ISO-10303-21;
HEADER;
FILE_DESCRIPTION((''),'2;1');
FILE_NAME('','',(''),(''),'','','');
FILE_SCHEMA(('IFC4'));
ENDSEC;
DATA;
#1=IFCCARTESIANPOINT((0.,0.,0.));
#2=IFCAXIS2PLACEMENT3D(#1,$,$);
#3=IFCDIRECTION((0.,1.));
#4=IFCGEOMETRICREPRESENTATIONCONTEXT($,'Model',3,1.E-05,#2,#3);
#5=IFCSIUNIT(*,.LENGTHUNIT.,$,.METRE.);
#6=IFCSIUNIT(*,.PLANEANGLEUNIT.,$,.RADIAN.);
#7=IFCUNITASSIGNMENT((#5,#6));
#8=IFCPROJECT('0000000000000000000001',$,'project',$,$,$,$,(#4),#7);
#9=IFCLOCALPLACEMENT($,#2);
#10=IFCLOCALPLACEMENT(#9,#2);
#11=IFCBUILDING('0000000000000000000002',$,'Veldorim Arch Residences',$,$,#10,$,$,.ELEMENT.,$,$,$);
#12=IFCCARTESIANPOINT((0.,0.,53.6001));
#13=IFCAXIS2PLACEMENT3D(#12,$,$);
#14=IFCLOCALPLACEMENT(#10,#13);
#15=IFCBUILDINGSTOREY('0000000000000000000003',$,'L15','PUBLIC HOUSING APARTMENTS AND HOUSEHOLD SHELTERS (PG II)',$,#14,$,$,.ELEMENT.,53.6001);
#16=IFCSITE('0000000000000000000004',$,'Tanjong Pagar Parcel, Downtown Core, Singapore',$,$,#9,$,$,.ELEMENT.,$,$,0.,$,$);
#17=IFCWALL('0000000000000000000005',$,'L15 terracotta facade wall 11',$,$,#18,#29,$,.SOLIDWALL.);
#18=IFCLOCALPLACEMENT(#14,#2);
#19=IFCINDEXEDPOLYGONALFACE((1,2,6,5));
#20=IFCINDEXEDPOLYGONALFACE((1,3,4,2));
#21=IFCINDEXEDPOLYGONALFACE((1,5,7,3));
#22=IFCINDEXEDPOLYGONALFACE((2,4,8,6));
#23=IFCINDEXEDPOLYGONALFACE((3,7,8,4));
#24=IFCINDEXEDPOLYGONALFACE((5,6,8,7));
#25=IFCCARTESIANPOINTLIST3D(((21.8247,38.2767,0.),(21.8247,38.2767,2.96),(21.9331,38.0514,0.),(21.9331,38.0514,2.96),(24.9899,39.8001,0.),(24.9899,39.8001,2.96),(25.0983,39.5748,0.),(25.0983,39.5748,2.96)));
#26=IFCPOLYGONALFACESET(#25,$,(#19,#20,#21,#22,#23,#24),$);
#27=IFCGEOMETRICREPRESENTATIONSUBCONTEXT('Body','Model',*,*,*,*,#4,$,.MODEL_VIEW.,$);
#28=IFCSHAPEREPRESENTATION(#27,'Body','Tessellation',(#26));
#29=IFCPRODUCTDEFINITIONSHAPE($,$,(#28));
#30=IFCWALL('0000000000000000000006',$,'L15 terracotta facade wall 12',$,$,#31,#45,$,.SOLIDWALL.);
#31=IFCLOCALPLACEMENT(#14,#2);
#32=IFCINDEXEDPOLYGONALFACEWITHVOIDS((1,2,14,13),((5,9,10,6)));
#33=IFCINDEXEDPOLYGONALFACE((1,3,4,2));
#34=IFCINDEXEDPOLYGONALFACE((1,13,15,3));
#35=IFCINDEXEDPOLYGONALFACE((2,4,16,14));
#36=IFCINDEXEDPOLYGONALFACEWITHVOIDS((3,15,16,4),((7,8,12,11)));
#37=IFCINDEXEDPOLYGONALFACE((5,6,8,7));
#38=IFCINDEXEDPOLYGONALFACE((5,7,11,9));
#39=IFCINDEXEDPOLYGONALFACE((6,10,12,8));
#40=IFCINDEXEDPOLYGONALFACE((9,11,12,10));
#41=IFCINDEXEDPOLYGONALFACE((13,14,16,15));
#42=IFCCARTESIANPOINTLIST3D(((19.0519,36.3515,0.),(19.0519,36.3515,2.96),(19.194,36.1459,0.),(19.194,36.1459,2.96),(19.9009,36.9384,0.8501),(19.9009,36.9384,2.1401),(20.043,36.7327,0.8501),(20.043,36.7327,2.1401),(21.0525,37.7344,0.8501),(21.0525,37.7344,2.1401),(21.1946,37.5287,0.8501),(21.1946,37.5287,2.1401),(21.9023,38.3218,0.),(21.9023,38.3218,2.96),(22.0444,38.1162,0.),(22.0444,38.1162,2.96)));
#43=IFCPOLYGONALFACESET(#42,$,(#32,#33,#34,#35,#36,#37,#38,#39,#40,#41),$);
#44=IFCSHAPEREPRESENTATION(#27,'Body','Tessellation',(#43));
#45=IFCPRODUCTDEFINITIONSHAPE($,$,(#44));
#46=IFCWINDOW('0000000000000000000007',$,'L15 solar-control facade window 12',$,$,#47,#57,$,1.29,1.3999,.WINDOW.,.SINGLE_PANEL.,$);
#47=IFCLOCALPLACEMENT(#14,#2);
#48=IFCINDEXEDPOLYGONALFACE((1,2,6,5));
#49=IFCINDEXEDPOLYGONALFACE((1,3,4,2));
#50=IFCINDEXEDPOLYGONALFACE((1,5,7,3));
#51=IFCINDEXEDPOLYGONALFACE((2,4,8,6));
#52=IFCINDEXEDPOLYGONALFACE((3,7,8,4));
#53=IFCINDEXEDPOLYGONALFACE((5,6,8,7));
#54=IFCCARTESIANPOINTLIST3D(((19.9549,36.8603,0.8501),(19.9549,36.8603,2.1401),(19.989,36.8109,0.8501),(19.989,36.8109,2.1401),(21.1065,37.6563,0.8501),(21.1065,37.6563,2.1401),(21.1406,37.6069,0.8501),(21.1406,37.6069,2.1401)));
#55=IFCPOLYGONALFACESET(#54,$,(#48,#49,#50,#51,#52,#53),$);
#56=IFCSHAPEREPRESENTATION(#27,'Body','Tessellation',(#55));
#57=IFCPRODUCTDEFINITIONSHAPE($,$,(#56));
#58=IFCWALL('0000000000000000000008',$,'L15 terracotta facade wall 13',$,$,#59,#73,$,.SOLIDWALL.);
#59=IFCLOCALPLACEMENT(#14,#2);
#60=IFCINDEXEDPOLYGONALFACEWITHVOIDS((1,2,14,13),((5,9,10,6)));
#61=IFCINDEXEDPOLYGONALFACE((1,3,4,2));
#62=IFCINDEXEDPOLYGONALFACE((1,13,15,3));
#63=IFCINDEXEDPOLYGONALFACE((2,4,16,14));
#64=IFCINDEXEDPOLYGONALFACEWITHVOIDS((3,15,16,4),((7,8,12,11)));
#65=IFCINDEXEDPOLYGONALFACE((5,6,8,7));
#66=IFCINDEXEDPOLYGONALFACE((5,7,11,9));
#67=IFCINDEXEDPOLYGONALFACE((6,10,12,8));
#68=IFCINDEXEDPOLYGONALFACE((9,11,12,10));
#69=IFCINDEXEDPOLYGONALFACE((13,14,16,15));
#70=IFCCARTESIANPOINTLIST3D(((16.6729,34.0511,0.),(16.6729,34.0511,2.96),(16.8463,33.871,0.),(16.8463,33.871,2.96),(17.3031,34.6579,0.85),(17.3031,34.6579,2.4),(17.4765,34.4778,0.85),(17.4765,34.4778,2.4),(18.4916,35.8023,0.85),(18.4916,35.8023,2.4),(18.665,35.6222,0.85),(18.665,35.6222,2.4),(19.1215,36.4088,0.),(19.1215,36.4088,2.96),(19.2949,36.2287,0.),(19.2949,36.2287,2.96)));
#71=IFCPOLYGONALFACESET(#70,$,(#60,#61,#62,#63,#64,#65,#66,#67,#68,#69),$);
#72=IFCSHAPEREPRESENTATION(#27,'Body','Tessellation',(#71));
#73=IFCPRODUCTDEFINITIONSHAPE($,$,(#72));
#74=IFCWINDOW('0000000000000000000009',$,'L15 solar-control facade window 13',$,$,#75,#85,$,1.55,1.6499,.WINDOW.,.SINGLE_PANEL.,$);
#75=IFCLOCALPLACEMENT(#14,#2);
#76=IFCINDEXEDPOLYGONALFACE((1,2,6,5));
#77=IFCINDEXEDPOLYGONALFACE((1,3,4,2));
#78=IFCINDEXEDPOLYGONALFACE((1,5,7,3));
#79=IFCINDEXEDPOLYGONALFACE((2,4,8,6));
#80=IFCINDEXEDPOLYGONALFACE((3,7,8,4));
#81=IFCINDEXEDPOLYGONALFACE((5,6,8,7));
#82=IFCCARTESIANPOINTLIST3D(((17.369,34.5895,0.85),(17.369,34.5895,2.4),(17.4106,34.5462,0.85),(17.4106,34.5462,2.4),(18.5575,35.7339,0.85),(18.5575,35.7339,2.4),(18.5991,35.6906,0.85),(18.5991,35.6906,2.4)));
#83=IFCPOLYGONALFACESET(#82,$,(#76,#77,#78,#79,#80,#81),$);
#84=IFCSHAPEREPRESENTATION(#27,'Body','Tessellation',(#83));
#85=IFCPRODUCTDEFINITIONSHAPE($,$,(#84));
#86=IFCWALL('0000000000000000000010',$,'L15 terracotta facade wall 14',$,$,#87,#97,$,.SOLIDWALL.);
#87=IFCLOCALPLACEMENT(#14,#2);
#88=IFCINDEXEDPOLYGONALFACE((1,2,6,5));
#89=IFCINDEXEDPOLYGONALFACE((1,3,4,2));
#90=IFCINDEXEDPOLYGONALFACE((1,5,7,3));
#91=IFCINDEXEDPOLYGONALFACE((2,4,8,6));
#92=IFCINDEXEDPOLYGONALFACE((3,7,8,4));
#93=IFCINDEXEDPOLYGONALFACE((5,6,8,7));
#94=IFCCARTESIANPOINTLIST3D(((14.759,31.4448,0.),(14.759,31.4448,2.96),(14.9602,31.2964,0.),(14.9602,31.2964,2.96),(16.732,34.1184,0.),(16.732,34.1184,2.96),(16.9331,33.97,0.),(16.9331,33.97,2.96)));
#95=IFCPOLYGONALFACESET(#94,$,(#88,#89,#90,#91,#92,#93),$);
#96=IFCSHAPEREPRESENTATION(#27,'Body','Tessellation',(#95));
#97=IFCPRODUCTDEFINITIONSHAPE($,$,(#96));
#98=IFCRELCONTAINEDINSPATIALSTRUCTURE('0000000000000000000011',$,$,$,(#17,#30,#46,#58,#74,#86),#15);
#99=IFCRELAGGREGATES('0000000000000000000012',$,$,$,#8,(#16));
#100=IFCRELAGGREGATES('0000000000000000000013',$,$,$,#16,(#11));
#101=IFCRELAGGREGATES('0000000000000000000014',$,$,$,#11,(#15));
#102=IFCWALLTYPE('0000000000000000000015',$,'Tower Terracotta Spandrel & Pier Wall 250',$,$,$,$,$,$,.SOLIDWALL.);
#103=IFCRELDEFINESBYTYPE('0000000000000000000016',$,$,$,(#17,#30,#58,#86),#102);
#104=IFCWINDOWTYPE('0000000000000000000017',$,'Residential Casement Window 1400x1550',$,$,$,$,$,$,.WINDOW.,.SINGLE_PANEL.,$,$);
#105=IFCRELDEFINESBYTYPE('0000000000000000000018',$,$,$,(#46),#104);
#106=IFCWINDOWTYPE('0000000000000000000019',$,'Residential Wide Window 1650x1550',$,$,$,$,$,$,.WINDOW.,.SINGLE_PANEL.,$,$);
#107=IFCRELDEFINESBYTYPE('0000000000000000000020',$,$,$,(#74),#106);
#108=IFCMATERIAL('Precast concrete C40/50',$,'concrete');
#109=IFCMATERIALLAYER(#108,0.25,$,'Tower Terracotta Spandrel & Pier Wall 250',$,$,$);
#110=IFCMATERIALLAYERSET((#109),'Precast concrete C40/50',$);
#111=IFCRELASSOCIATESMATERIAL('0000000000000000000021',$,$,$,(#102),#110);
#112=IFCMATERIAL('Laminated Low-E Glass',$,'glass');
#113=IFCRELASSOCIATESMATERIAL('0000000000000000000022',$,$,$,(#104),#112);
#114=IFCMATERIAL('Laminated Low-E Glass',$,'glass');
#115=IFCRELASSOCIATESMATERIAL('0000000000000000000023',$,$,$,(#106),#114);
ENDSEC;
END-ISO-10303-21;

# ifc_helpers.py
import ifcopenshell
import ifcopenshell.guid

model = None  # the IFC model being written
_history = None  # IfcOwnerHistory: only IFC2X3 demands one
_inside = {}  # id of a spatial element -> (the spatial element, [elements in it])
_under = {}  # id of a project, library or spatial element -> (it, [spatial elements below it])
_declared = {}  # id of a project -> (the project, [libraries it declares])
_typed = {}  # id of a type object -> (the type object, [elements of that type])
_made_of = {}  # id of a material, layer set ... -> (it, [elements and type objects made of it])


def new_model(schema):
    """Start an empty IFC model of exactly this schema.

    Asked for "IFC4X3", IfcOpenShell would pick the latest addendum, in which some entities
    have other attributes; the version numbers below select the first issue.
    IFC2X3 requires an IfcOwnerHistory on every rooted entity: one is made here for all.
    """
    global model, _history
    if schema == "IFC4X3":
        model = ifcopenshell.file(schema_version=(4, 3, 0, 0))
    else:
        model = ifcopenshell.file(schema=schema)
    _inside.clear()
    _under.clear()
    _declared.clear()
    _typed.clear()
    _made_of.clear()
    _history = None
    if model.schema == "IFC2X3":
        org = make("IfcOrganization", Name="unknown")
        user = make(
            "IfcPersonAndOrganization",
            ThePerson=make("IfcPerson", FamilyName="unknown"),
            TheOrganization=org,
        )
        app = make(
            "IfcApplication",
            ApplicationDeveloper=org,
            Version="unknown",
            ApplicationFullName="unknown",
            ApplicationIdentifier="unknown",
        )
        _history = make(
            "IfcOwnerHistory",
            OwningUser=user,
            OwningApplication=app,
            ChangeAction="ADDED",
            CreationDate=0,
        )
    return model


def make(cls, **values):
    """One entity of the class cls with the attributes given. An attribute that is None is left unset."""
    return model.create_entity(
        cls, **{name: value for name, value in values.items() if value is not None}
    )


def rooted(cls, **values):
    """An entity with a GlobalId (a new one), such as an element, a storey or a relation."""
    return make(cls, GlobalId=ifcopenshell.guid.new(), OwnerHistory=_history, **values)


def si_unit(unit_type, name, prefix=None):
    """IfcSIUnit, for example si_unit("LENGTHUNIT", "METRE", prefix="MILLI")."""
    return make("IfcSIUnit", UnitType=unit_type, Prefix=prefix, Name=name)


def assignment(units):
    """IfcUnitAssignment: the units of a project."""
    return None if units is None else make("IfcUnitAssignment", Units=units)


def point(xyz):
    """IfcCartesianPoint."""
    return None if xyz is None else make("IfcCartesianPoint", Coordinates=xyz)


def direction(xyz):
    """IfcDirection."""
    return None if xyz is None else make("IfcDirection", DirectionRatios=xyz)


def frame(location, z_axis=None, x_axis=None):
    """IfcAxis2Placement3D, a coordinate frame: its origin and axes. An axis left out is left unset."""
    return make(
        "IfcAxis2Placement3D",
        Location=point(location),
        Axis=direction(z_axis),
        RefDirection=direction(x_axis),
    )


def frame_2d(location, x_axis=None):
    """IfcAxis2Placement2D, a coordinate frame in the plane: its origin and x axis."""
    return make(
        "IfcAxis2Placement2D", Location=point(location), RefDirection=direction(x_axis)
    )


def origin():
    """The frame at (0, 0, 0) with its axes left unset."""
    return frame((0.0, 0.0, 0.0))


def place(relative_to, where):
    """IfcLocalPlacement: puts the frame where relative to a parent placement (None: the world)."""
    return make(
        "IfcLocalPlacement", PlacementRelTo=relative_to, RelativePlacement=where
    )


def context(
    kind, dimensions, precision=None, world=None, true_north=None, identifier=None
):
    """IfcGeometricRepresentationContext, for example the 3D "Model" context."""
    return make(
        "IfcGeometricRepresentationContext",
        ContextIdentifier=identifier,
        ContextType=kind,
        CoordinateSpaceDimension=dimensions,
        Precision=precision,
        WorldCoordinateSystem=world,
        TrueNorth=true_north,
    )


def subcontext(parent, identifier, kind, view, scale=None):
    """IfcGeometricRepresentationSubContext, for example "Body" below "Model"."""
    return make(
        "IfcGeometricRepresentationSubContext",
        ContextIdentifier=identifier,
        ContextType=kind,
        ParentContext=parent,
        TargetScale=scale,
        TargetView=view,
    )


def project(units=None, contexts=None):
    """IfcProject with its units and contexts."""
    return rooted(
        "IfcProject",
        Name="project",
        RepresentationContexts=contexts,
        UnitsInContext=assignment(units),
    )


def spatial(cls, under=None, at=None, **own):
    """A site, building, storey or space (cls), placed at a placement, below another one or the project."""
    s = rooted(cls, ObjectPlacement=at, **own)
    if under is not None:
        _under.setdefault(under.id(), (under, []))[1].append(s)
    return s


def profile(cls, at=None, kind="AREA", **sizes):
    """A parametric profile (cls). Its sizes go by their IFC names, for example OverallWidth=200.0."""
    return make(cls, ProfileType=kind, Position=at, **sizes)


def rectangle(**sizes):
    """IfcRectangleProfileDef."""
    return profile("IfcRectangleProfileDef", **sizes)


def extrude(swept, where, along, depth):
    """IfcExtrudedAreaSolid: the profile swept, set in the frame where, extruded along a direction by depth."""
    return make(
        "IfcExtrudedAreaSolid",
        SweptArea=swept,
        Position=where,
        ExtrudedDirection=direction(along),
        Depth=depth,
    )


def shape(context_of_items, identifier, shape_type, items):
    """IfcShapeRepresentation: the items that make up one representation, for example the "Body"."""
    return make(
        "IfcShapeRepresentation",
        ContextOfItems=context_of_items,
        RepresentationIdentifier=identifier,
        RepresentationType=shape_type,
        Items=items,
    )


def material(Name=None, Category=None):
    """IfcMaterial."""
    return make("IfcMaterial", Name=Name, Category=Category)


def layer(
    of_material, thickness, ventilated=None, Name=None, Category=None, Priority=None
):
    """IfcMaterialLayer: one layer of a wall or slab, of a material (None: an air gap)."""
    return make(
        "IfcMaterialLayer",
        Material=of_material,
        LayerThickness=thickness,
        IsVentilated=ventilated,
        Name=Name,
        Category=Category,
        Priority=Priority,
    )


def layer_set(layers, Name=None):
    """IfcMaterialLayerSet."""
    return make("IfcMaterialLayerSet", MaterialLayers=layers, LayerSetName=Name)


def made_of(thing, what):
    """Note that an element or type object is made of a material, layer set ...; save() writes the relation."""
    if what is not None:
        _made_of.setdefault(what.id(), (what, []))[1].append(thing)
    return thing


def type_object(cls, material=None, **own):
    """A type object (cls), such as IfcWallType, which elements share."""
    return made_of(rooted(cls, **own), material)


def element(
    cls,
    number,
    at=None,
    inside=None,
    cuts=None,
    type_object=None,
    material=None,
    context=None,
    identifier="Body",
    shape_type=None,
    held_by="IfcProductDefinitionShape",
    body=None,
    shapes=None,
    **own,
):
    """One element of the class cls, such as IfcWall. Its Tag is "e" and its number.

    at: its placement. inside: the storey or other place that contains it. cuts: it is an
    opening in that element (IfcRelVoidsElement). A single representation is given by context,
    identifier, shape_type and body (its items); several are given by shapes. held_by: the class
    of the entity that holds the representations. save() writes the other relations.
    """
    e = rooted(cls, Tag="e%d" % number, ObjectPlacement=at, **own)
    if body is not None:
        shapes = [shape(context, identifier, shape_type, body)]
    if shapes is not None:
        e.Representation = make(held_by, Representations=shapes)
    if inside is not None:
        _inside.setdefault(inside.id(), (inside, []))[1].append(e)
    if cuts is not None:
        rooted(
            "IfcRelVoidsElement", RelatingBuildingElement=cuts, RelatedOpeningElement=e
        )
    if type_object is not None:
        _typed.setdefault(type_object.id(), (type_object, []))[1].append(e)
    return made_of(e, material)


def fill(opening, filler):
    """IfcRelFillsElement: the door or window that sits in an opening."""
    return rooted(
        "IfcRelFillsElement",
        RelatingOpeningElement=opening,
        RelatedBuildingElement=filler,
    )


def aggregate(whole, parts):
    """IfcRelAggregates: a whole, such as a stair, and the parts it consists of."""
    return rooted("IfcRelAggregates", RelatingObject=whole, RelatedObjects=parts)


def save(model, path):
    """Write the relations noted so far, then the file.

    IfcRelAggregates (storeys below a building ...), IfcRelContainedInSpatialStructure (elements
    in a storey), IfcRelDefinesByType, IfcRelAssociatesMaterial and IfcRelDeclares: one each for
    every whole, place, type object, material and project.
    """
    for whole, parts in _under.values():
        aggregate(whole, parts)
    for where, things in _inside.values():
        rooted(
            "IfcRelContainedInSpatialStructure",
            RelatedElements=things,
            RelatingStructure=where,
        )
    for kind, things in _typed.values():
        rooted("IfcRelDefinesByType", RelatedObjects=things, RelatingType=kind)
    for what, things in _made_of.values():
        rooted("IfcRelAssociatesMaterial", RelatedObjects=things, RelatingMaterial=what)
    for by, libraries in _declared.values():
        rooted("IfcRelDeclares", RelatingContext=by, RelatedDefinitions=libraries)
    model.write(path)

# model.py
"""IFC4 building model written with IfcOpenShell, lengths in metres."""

from ifc_helpers import new_model, si_unit, direction, frame, frame_2d, origin, place, context, subcontext, project, spatial, rectangle, extrude, material, layer, layer_set, type_object, element, fill, save


model = new_model("IFC4")

# Units and contexts
model_context = context("Model", 3, precision=1e-05, world=origin(), true_north=direction((0.0, 1.0)))
body_context = subcontext(model_context, "Body", "Model", "MODEL_VIEW")
ifc_project = project(units=[si_unit("LENGTHUNIT", "METRE"), si_unit("PLANEANGLEUNIT", "RADIAN")], contexts=[model_context])

# Site, building, storey
site_placement = place(None, origin())
site = spatial("IfcSite", under=ifc_project, at=site_placement, Name="Tanjong Pagar Parcel, Downtown Core, Singapore", CompositionType="ELEMENT", RefElevation=0.0)
building_placement = place(site_placement, origin())
building = spatial("IfcBuilding", under=site, at=building_placement, Name="Veldorim Arch Residences", CompositionType="ELEMENT")
storey_placement = place(building_placement, frame((0.0, 0.0, 53.6001)))
storey = spatial("IfcBuildingStorey", under=building, at=storey_placement, Name="L15", Description="PUBLIC HOUSING APARTMENTS AND HOUSEHOLD SHELTERS (PG II)", CompositionType="ELEMENT", Elevation=53.6001)

# Wall
ifc_material_1 = material(Name="Precast concrete C40/50", Category="concrete")
ifc_layer_1 = layer(ifc_material_1, 0.25, Name="Tower Terracotta Spandrel & Pier Wall 250")
ifc_layer_set_1 = layer_set([ifc_layer_1], Name="Precast concrete C40/50")
wall_type_1 = type_object("IfcWallType", Name="Tower Terracotta Spandrel & Pier Wall 250", PredefinedType="SOLIDWALL", material=ifc_layer_set_1)
wall_1_placement = place(storey_placement, frame((21.8789, 38.1641, 0.0), z_axis=(0.0, 0.0, 1.0), x_axis=(0.901067, 0.43368, 0.0)))
element("IfcWall", 1, at=wall_1_placement, inside=storey, type_object=wall_type_1, Name="L15 terracotta facade wall 11", PredefinedType="SOLIDWALL", context=body_context, shape_type="SweptSolid", body=[
    extrude(rectangle(XDim=3.5127, YDim=0.25, at=frame_2d((1.7563, 0.0))), origin(), (0.0, 0.0, 1.0), 2.96),
])

# Walls, openings, windows
wall_2_placement = place(storey_placement, frame((19.123, 36.2488, 0.0), z_axis=(0.0, 0.0, 1.0), x_axis=(0.82261, 0.568605, 0.0)))
wall_2 = element("IfcWall", 2, at=wall_2_placement, inside=storey, type_object=wall_type_1, Name="L15 terracotta facade wall 12", PredefinedType="SOLIDWALL", context=body_context, shape_type="SweptSolid", body=[
    extrude(rectangle(XDim=3.4651, YDim=0.25, at=frame_2d((1.7324, 0.0))), origin(), (0.0, 0.0, 1.0), 2.96),
])
opening_1_placement = place(wall_2_placement, frame((1.032, 0.0, 0.8501)))
opening_1 = element("IfcOpeningElement", 3, at=opening_1_placement, cuts=wall_2, PredefinedType="OPENING", context=body_context, shape_type="SweptSolid", body=[
    extrude(rectangle(XDim=1.3999, YDim=1.29, at=frame_2d((0.7, 0.645))), frame((0.0, 0.135, 0.0), z_axis=(0.0, -1.0, 0.0), x_axis=(1.0, 0.0, 0.0)), (0.0, 0.0, 1.0), 0.27),
])
ifc_material_2 = material(Name="Laminated Low-E Glass", Category="glass")
window_type_1 = type_object("IfcWindowType", Name="Residential Casement Window 1400x1550", PartitioningType="SINGLE_PANEL", PredefinedType="WINDOW", material=ifc_material_2)
window_1_placement = place(opening_1_placement, origin())
window_1 = element("IfcWindow", 4, at=window_1_placement, inside=storey, type_object=window_type_1, Name="L15 solar-control facade window 12", OverallHeight=1.29, OverallWidth=1.3999, PartitioningType="SINGLE_PANEL", PredefinedType="WINDOW", context=body_context, shape_type="SweptSolid", body=[
    extrude(rectangle(XDim=1.3999, YDim=1.29, at=frame_2d((0.7, 0.645))), frame((0.0, 0.03, 0.0), z_axis=(0.0, -1.0, 0.0), x_axis=(1.0, 0.0, 0.0)), (0.0, 0.0, 1.0), 0.0601),
])
fill(opening_1, window_1)
wall_3_placement = place(storey_placement, frame((16.7595, 33.9609, 0.0), z_axis=(0.0, 0.0, 1.0), x_axis=(0.72034, 0.693621, 0.0)))
wall_3 = element("IfcWall", 5, at=wall_3_placement, inside=storey, type_object=wall_type_1, Name="L15 terracotta facade wall 13", PredefinedType="SOLIDWALL", context=body_context, shape_type="SweptSolid", body=[
    extrude(rectangle(XDim=3.3992, YDim=0.25, at=frame_2d((1.6997, 0.0))), origin(), (0.0, 0.0, 1.0), 2.96),
])
opening_2_placement = place(wall_3_placement, frame((0.875, 0.0, 0.8501)))
opening_2 = element("IfcOpeningElement", 6, at=opening_2_placement, cuts=wall_3, PredefinedType="OPENING", context=body_context, shape_type="SweptSolid", body=[
    extrude(rectangle(XDim=1.6499, YDim=1.55, at=frame_2d((0.825, 0.7749))), frame((0.0, 0.135, 0.0), z_axis=(0.0, -1.0, 0.0), x_axis=(1.0, 0.0, 0.0)), (0.0, 0.0, 1.0), 0.27),
])
ifc_material_3 = material(Name="Laminated Low-E Glass", Category="glass")
window_type_2 = type_object("IfcWindowType", Name="Residential Wide Window 1650x1550", PartitioningType="SINGLE_PANEL", PredefinedType="WINDOW", material=ifc_material_3)
window_2_placement = place(opening_2_placement, origin())
window_2 = element("IfcWindow", 7, at=window_2_placement, inside=storey, type_object=window_type_2, Name="L15 solar-control facade window 13", OverallHeight=1.55, OverallWidth=1.6499, PartitioningType="SINGLE_PANEL", PredefinedType="WINDOW", context=body_context, shape_type="SweptSolid", body=[
    extrude(rectangle(XDim=1.6499, YDim=1.55, at=frame_2d((0.825, 0.7749))), frame((0.0, 0.03, 0.0), z_axis=(0.0, -1.0, 0.0), x_axis=(1.0, 0.0, 0.0)), (0.0, 0.0, 1.0), 0.0601),
])
fill(opening_2, window_2)

# Wall
wall_4_placement = place(storey_placement, frame((14.8596, 31.3706, 0.0), z_axis=(0.0, 0.0, 1.0), x_axis=(0.593763, 0.80464, 0.0)))
element("IfcWall", 8, at=wall_4_placement, inside=storey, type_object=wall_type_1, Name="L15 terracotta facade wall 14", PredefinedType="SOLIDWALL", context=body_context, shape_type="SweptSolid", body=[
    extrude(rectangle(XDim=3.3228, YDim=0.25, at=frame_2d((1.6614, 0.0))), origin(), (0.0, 0.0, 1.0), 2.96),
])

save(model, "model.ifc")
